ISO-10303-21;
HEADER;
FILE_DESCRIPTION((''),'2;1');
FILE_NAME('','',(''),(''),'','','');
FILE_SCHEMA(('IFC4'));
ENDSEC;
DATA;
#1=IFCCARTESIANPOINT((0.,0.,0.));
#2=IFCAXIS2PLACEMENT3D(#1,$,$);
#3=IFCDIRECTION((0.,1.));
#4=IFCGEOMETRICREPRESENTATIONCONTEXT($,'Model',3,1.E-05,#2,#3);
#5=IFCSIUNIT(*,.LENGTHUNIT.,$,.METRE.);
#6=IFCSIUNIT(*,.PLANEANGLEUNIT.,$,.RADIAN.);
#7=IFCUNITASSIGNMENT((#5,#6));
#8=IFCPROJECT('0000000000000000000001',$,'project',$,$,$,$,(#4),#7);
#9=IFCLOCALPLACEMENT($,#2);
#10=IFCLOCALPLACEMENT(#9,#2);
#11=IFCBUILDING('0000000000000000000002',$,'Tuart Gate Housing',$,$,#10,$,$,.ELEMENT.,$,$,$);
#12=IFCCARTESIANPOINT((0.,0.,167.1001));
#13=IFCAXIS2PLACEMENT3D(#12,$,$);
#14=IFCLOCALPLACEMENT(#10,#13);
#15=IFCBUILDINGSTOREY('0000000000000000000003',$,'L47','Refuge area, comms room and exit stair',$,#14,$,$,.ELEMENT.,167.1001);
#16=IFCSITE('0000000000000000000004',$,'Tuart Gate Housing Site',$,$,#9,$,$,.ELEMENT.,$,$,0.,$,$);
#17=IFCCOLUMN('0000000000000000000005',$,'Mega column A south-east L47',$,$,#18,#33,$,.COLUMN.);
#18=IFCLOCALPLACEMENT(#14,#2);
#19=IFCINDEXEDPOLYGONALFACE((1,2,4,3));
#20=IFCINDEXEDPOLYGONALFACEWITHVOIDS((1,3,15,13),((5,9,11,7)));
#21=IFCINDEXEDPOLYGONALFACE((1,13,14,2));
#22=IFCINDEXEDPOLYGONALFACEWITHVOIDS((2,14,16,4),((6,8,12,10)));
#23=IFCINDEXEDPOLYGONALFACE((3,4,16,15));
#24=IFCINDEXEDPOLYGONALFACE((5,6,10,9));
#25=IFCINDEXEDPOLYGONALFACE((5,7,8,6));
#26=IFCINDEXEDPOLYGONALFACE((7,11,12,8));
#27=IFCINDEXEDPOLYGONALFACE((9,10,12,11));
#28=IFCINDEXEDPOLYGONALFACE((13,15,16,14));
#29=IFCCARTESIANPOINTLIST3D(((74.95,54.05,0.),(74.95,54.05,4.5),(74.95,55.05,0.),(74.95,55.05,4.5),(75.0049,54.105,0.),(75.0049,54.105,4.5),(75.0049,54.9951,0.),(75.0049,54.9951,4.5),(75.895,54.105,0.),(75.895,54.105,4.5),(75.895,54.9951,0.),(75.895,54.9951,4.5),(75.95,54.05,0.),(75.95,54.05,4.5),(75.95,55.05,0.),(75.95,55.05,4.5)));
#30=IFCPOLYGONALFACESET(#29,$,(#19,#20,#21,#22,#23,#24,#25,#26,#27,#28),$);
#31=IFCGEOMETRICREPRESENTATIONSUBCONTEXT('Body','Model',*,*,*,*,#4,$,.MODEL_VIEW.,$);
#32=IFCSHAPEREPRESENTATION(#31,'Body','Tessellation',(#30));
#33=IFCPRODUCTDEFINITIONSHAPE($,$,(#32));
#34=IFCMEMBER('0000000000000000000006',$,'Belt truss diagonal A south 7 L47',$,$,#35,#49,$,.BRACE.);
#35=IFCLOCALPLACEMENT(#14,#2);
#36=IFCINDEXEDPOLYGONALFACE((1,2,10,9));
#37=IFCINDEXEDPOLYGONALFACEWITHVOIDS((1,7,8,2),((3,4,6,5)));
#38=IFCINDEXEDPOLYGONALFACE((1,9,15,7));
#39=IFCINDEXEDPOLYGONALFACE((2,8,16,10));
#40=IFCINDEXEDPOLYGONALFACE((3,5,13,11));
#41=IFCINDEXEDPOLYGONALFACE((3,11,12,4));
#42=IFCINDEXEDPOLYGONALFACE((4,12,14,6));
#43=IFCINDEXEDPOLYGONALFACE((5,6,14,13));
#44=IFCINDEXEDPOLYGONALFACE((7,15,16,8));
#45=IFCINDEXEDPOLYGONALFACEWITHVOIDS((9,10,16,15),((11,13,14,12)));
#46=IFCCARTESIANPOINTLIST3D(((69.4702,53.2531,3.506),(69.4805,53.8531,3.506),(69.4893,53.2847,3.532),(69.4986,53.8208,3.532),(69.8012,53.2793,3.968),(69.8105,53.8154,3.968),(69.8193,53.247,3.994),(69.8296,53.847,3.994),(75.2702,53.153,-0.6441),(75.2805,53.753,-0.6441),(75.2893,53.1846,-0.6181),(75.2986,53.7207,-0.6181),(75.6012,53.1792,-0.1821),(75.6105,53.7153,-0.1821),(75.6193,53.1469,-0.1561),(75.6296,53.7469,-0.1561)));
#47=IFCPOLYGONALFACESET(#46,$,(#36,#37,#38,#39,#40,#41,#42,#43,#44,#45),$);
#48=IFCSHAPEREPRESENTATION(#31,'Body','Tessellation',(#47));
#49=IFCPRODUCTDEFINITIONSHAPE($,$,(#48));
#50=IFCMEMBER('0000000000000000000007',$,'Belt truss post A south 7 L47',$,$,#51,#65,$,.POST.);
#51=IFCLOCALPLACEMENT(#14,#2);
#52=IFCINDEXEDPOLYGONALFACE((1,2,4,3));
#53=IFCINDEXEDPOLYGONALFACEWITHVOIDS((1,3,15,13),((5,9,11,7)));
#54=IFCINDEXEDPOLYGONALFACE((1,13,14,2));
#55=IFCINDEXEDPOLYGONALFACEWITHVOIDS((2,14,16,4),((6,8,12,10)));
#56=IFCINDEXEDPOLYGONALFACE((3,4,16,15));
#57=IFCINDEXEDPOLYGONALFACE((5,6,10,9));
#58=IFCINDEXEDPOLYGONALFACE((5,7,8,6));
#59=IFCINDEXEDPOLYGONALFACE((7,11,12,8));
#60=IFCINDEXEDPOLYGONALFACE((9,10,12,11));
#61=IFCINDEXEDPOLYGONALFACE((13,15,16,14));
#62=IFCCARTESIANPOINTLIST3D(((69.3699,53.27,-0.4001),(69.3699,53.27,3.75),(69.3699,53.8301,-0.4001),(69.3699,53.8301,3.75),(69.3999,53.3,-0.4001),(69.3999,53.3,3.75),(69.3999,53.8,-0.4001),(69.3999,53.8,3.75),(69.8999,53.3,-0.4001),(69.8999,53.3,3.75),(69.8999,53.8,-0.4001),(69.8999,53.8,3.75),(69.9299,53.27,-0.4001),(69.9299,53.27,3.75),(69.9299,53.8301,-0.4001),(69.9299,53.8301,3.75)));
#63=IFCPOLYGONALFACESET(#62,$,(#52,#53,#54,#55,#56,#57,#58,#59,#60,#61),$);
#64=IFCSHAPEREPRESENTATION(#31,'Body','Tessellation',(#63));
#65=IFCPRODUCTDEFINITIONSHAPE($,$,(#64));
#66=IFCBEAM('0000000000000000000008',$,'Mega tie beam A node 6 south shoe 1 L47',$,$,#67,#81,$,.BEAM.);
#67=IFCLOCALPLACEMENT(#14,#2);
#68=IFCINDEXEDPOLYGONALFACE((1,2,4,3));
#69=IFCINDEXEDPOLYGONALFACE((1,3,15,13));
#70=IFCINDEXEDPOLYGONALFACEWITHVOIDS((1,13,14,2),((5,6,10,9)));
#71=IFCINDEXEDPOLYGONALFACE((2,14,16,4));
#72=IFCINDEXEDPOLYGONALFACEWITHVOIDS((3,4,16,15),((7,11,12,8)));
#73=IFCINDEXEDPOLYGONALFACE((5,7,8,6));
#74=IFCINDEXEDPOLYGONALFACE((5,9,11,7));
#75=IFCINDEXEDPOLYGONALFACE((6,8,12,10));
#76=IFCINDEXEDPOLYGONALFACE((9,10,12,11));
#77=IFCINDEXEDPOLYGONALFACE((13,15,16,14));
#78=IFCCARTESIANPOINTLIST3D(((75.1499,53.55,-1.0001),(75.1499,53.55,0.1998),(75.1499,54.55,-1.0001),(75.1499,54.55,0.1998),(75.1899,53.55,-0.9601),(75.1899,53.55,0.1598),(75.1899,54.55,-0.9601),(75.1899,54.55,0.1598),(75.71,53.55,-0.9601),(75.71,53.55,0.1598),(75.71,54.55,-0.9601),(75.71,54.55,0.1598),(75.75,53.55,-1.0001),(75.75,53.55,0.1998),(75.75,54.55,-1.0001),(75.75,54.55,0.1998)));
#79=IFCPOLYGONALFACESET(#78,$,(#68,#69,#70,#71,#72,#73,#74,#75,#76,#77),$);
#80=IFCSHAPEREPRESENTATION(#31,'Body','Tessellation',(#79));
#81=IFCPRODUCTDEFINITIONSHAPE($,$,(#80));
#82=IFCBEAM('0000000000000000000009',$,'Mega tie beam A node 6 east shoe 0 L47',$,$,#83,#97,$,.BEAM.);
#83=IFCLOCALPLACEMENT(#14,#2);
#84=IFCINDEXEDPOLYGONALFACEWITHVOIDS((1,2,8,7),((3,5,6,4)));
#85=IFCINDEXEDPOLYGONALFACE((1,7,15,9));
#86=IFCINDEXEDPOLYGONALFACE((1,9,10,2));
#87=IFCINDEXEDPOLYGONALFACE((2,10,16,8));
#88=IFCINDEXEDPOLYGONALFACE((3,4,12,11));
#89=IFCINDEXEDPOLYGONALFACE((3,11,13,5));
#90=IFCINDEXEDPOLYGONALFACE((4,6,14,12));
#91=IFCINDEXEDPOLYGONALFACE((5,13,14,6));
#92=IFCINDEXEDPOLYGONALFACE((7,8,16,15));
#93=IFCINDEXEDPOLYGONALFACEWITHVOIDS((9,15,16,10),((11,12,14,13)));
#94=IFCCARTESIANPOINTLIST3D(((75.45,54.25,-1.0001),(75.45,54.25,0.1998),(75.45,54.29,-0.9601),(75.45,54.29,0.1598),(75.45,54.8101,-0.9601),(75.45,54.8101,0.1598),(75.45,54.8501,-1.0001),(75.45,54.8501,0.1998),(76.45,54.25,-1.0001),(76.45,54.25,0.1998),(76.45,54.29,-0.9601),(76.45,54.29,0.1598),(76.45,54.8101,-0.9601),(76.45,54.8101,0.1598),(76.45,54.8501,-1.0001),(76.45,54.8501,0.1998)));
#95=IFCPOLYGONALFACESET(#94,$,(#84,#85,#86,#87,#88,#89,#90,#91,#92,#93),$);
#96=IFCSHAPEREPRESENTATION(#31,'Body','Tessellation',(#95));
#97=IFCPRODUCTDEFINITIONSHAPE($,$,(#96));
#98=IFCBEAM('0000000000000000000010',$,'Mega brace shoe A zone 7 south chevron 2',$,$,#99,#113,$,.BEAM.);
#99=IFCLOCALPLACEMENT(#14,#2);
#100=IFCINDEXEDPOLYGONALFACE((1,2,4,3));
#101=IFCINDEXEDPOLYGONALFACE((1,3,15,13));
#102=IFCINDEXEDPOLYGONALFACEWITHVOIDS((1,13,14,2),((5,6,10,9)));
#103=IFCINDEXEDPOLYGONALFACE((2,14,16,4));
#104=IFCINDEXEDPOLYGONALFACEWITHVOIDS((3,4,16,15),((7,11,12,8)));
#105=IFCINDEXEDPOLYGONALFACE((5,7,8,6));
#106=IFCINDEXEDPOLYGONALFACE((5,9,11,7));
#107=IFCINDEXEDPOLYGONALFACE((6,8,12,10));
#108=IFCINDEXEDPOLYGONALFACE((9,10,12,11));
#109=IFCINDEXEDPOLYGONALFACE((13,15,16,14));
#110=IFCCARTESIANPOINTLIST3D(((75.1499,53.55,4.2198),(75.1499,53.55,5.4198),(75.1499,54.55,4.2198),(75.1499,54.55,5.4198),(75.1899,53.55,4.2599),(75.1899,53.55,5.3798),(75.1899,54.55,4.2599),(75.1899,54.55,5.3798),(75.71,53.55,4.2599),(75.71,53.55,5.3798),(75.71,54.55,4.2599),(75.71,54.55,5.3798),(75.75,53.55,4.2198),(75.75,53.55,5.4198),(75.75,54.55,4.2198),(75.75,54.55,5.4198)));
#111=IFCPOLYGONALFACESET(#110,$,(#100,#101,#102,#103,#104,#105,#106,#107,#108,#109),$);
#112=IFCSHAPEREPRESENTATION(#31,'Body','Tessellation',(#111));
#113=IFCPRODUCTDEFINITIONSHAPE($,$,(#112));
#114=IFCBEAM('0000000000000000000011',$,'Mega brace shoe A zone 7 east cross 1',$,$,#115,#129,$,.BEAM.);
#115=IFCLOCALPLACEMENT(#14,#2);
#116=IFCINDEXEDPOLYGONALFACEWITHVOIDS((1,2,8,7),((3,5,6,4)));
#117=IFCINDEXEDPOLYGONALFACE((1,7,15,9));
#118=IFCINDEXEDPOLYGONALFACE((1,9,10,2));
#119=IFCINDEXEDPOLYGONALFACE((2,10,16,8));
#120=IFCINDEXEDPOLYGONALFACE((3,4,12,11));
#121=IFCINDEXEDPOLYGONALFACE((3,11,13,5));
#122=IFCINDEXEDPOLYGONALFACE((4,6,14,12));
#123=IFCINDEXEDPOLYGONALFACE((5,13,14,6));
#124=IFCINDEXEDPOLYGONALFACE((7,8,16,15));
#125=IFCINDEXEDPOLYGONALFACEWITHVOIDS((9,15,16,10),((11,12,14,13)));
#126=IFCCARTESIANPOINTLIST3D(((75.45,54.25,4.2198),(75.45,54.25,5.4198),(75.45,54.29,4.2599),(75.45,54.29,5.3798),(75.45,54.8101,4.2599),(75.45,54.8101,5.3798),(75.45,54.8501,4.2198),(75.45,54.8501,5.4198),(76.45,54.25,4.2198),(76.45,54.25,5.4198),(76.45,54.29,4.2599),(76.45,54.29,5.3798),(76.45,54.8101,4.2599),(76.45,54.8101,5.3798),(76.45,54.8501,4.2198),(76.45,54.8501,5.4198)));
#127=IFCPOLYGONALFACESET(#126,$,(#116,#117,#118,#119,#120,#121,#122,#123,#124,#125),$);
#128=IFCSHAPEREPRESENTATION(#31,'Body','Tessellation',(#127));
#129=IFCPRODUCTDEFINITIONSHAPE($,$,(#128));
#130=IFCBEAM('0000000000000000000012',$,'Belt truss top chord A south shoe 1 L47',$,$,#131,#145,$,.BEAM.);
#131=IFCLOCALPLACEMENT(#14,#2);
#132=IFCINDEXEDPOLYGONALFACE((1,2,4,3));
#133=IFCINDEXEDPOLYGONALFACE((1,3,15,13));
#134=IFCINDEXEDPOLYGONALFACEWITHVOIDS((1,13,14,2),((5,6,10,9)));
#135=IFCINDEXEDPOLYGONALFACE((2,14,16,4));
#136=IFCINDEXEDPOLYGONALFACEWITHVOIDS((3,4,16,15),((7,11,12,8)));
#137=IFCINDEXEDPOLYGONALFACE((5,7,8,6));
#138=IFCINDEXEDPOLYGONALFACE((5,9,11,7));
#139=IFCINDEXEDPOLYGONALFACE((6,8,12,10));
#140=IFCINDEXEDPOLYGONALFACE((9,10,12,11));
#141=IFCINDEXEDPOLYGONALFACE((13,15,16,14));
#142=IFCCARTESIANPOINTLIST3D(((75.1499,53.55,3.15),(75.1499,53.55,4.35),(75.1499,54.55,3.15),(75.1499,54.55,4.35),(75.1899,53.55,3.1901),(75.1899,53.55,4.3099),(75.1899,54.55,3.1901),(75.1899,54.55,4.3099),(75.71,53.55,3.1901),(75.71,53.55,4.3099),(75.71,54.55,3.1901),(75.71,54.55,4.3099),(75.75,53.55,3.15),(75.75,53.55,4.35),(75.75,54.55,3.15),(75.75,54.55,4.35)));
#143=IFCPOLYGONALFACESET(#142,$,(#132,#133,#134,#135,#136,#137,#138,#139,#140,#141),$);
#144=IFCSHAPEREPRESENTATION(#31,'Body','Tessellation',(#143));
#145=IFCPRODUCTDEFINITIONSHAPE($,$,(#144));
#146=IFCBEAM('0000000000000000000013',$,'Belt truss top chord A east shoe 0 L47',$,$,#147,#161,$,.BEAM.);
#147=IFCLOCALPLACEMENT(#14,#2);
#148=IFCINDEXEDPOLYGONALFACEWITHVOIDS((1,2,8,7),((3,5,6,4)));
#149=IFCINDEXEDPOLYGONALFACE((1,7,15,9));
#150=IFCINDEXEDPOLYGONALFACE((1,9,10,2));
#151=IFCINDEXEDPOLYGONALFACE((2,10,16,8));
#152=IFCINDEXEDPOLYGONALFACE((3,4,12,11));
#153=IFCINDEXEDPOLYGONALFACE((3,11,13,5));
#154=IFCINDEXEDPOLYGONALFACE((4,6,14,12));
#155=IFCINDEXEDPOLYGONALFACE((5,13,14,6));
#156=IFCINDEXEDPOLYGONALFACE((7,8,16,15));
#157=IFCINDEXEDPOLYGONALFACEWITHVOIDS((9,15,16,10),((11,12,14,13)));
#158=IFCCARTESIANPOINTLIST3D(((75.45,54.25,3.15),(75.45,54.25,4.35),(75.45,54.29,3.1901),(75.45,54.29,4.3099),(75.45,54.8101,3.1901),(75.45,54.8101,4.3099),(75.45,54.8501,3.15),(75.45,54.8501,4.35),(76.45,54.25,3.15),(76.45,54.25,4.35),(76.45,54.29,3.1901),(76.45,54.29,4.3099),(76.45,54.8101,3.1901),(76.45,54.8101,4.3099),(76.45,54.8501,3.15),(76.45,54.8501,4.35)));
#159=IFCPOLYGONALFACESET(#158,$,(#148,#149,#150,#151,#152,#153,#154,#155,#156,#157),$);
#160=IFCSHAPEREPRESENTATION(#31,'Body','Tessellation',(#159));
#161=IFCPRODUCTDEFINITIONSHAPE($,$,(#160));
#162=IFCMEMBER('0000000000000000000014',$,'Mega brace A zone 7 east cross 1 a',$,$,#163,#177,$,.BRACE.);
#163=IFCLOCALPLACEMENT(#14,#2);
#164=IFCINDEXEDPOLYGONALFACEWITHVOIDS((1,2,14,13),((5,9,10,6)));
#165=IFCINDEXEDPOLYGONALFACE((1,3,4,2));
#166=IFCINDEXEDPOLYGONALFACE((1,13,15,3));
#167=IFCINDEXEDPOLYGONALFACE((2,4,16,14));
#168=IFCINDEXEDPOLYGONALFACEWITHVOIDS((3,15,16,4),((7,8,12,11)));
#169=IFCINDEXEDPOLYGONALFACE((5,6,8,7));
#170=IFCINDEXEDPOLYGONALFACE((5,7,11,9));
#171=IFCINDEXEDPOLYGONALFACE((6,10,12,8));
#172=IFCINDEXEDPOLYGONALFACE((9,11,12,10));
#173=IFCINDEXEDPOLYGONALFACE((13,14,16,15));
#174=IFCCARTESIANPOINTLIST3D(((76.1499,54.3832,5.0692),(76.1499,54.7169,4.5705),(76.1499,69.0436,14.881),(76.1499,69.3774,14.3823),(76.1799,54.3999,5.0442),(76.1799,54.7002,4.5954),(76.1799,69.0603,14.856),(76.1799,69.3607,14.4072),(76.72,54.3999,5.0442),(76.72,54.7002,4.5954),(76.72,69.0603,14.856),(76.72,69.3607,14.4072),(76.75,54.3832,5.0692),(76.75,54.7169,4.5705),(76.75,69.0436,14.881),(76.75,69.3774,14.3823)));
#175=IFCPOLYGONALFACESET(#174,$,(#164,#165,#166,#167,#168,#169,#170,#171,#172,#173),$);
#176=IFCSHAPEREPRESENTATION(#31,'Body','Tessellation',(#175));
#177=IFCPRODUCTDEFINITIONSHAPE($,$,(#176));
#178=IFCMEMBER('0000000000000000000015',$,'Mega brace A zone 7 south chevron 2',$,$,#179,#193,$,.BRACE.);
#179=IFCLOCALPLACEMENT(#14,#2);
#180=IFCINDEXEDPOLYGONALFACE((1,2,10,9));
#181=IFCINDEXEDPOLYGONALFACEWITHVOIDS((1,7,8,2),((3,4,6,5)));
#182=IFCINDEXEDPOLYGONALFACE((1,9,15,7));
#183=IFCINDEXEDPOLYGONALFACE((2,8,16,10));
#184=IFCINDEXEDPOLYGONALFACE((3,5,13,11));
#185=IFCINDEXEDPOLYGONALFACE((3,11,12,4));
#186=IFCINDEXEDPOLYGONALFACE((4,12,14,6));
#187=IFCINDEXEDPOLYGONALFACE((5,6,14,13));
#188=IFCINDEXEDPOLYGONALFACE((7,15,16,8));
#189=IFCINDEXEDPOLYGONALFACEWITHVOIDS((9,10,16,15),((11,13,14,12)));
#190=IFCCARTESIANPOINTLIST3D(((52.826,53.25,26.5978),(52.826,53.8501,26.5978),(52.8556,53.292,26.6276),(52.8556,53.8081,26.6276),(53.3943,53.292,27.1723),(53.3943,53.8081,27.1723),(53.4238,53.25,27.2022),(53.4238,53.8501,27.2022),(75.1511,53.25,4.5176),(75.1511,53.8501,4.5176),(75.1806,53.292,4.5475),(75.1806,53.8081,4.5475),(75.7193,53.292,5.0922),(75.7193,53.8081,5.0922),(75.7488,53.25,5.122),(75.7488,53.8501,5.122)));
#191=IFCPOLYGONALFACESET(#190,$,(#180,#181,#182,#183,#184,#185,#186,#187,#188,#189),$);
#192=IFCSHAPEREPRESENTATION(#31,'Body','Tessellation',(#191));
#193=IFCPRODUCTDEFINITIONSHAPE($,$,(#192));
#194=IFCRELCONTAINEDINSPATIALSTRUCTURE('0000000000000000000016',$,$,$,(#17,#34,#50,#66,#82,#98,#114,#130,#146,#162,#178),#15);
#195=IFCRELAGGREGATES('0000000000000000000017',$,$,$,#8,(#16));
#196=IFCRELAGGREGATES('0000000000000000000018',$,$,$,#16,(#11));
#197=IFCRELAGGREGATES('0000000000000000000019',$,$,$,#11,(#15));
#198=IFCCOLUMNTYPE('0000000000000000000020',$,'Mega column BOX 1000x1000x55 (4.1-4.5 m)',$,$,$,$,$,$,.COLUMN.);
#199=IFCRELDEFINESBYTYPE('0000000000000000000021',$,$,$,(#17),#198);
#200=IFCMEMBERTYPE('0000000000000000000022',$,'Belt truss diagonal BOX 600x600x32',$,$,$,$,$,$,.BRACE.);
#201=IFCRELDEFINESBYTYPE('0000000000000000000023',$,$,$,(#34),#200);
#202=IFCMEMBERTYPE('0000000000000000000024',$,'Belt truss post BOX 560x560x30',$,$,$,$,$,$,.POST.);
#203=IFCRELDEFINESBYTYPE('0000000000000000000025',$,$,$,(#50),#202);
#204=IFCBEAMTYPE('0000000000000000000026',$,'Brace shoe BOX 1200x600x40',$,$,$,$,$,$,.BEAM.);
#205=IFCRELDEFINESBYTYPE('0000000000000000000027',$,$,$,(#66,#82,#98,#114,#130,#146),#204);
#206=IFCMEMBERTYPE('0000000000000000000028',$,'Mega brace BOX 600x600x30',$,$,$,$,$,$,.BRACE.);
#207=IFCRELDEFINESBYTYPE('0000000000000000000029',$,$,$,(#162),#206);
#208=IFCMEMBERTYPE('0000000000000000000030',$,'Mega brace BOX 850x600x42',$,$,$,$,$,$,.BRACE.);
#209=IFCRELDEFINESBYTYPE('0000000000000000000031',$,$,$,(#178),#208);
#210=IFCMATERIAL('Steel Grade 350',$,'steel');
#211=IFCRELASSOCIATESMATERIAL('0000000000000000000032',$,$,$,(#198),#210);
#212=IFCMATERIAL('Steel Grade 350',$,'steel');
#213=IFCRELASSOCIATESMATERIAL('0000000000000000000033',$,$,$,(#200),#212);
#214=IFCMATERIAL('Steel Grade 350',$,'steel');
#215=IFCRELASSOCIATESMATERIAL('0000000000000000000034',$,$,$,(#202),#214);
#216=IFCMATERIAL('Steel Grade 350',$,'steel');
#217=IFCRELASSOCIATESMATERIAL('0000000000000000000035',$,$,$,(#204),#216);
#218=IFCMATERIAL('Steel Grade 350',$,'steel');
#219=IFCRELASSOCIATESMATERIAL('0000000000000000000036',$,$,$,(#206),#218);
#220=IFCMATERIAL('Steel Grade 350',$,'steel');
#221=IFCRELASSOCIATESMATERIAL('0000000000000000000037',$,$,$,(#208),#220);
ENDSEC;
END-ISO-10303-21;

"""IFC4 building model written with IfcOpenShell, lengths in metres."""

from ifc_helpers import new_model, si_unit, direction, frame, origin, origin_2d, place, context, subcontext, project, spatial, hollow_rectangle, extrude, material, material_profile, profile_set, type_object, element, save


model = new_model("IFC4")

# Units and contexts
model_context = context("Model", 3, precision=1e-05, world=origin(), true_north=direction((0.0, 1.0)))
body_context = subcontext(model_context, "Body", "Model", "MODEL_VIEW")
ifc_project = project(units=[si_unit("LENGTHUNIT", "METRE"), si_unit("PLANEANGLEUNIT", "RADIAN")], contexts=[model_context])

# Site, building, storey
site_placement = place(None, origin())
site = spatial("IfcSite", under=ifc_project, at=site_placement, Name="Tuart Gate Housing Site", CompositionType="ELEMENT", RefElevation=0.0)
building_placement = place(site_placement, origin())
building = spatial("IfcBuilding", under=site, at=building_placement, Name="Tuart Gate Housing", CompositionType="ELEMENT")
storey_placement = place(building_placement, frame((0.0, 0.0, 167.1001)))
storey = spatial("IfcBuildingStorey", under=building, at=storey_placement, Name="L47", Description="Refuge area, comms room and exit stair", CompositionType="ELEMENT", Elevation=167.1001)

# Column
ifc_material_1 = material(Name="Steel Grade 350", Category="steel")
ifc_material_profile_1 = material_profile(ifc_material_1, hollow_rectangle(XDim=1.0, YDim=1.0, WallThickness=0.0549, at=origin_2d()), Name="BOX 1000x1000x55")
ifc_profile_set_1 = profile_set([ifc_material_profile_1], Name="Steel Grade 350")
column_type = type_object("IfcColumnType", Name="Mega column BOX 1000x1000x55 (4.1-4.5 m)", PredefinedType="COLUMN", material=ifc_profile_set_1)
column_placement = place(storey_placement, frame((75.45, 54.55, 0.0), z_axis=(0.0, 0.0, 1.0), x_axis=(1.0, 0.0, 0.0)))
element("IfcColumn", 1, at=column_placement, inside=storey, type_object=column_type, Name="Mega column A south-east L47", PredefinedType="COLUMN", context=body_context, shape_type="SweptSolid", body=[
    extrude(hollow_rectangle(XDim=1.0, YDim=1.0, WallThickness=0.0549, at=origin_2d()), origin(), (0.0, 0.0, 1.0), 4.5),
])

# Members
ifc_material_2 = material(Name="Steel Grade 350", Category="steel")
ifc_material_profile_2 = material_profile(ifc_material_2, hollow_rectangle(XDim=0.6001, YDim=0.6001, WallThickness=0.032, at=origin_2d()), Name="BOX 600x600x32")
ifc_profile_set_2 = profile_set([ifc_material_profile_2], Name="Steel Grade 350")
member_type_1 = type_object("IfcMemberType", Name="Belt truss diagonal BOX 600x600x32", PredefinedType="BRACE", material=ifc_profile_set_2)
member_1_placement = place(storey_placement, frame((69.6499, 53.55, 3.75), z_axis=(0.813172, -0.014034, -0.581854), x_axis=(0.017256, 0.999851, 0.0)))
element("IfcMember", 2, at=member_1_placement, inside=storey, type_object=member_type_1, Name="Belt truss diagonal A south 7 L47", PredefinedType="BRACE", context=body_context, shape_type="SweptSolid", body=[
    extrude(hollow_rectangle(XDim=0.6001, YDim=0.6001, WallThickness=0.032, at=origin_2d()), origin(), (0.0, 0.0, 1.0), 7.1326),
])
ifc_material_3 = material(Name="Steel Grade 350", Category="steel")
ifc_material_profile_3 = material_profile(ifc_material_3, hollow_rectangle(XDim=0.5601, YDim=0.5601, WallThickness=0.03, at=origin_2d()), Name="BOX 560x560x30")
ifc_profile_set_3 = profile_set([ifc_material_profile_3], Name="Steel Grade 350")
member_type_2 = type_object("IfcMemberType", Name="Belt truss post BOX 560x560x30", PredefinedType="POST", material=ifc_profile_set_3)
member_2_placement = place(storey_placement, frame((69.6499, 53.55, -0.4001), z_axis=(0.0, 0.0, 1.0), x_axis=(1.0, 0.0, 0.0)))
element("IfcMember", 3, at=member_2_placement, inside=storey, type_object=member_type_2, Name="Belt truss post A south 7 L47", PredefinedType="POST", context=body_context, shape_type="SweptSolid", body=[
    extrude(hollow_rectangle(XDim=0.5601, YDim=0.5601, WallThickness=0.03, at=origin_2d()), origin(), (0.0, 0.0, 1.0), 4.1501),
])

# Beams
ifc_material_4 = material(Name="Steel Grade 350", Category="steel")
ifc_material_profile_4 = material_profile(ifc_material_4, hollow_rectangle(XDim=0.6001, YDim=1.2, WallThickness=0.04, at=origin_2d()), Name="BOX 1200x600x40")
ifc_profile_set_4 = profile_set([ifc_material_profile_4], Name="Steel Grade 350")
beam_type_1 = type_object("IfcBeamType", Name="Brace shoe BOX 1200x600x40", PredefinedType="BEAM", material=ifc_profile_set_4)
for number, where, z_axis, x_axis, name in (
    (4, (75.45, 54.55, -0.4001), (0.0, -1.0, 0.0), (1.0, 0.0, 0.0), "Mega tie beam A node 6 south shoe 1 L47"),
    (5, (75.45, 54.55, -0.4001), (1.0, 0.0, 0.0), (0.0, 1.0, 0.0), "Mega tie beam A node 6 east shoe 0 L47"),
    (6, (75.45, 54.55, 4.8198), (0.0, -1.0, 0.0), (1.0, 0.0, 0.0), "Mega brace shoe A zone 7 south chevron 2"),
    (7, (75.45, 54.55, 4.8198), (1.0, 0.0, 0.0), (0.0, 1.0, 0.0), "Mega brace shoe A zone 7 east cross 1"),
    (8, (75.45, 54.55, 3.75), (0.0, -1.0, 0.0), (1.0, 0.0, 0.0), "Belt truss top chord A south shoe 1 L47"),
    (9, (75.45, 54.55, 3.75), (1.0, 0.0, 0.0), (0.0, 1.0, 0.0), "Belt truss top chord A east shoe 0 L47"),
):
    element("IfcBeam", number, at=place(storey_placement, frame(where, z_axis=z_axis, x_axis=x_axis)), inside=storey, type_object=beam_type_1, Name=name, PredefinedType="BEAM", context=body_context, shape_type="SweptSolid", body=[
        extrude(hollow_rectangle(XDim=0.6001, YDim=1.2, WallThickness=0.04, at=origin_2d()), origin(), (0.0, 0.0, 1.0), 1.0),
    ])

# Members
ifc_material_5 = material(Name="Steel Grade 350", Category="steel")
ifc_material_profile_5 = material_profile(ifc_material_5, hollow_rectangle(XDim=0.6001, YDim=0.6001, WallThickness=0.03, at=origin_2d()), Name="BOX 600x600x30")
ifc_profile_set_5 = profile_set([ifc_material_profile_5], Name="Steel Grade 350")
member_type_3 = type_object("IfcMemberType", Name="Mega brace BOX 600x600x30", PredefinedType="BRACE", material=ifc_profile_set_5)
member_3_placement = place(storey_placement, frame((76.45, 54.55, 4.8198), z_axis=(0.0, 0.83105, 0.556197), x_axis=(-1.0, 0.0, 0.0)))
element("IfcMember", 10, at=member_3_placement, inside=storey, type_object=member_type_3, Name="Mega brace A zone 7 east cross 1 a", PredefinedType="BRACE", context=body_context, shape_type="SweptSolid", body=[
    extrude(hollow_rectangle(XDim=0.6001, YDim=0.6001, WallThickness=0.03, at=origin_2d()), origin(), (0.0, 0.0, 1.0), 17.6409),
])
ifc_material_6 = material(Name="Steel Grade 350", Category="steel")
ifc_material_profile_6 = material_profile(ifc_material_6, hollow_rectangle(XDim=0.6001, YDim=0.8501, WallThickness=0.042, at=origin_2d()), Name="BOX 850x600x42")
ifc_profile_set_6 = profile_set([ifc_material_profile_6], Name="Steel Grade 350")
member_type_4 = type_object("IfcMemberType", Name="Mega brace BOX 850x600x42", PredefinedType="BRACE", material=ifc_profile_set_6)
member_4_placement = place(storey_placement, frame((75.45, 53.55, 4.8198), z_axis=(-0.710995, 0.0, 0.703197), x_axis=(0.0, -1.0, 0.0)))
element("IfcMember", 11, at=member_4_placement, inside=storey, type_object=member_type_4, Name="Mega brace A zone 7 south chevron 2", PredefinedType="BRACE", context=body_context, shape_type="SweptSolid", body=[
    extrude(hollow_rectangle(XDim=0.6001, YDim=0.8501, WallThickness=0.042, at=origin_2d()), origin(), (0.0, 0.0, 1.0), 31.3997),
])

save(model, "model.ifc")
